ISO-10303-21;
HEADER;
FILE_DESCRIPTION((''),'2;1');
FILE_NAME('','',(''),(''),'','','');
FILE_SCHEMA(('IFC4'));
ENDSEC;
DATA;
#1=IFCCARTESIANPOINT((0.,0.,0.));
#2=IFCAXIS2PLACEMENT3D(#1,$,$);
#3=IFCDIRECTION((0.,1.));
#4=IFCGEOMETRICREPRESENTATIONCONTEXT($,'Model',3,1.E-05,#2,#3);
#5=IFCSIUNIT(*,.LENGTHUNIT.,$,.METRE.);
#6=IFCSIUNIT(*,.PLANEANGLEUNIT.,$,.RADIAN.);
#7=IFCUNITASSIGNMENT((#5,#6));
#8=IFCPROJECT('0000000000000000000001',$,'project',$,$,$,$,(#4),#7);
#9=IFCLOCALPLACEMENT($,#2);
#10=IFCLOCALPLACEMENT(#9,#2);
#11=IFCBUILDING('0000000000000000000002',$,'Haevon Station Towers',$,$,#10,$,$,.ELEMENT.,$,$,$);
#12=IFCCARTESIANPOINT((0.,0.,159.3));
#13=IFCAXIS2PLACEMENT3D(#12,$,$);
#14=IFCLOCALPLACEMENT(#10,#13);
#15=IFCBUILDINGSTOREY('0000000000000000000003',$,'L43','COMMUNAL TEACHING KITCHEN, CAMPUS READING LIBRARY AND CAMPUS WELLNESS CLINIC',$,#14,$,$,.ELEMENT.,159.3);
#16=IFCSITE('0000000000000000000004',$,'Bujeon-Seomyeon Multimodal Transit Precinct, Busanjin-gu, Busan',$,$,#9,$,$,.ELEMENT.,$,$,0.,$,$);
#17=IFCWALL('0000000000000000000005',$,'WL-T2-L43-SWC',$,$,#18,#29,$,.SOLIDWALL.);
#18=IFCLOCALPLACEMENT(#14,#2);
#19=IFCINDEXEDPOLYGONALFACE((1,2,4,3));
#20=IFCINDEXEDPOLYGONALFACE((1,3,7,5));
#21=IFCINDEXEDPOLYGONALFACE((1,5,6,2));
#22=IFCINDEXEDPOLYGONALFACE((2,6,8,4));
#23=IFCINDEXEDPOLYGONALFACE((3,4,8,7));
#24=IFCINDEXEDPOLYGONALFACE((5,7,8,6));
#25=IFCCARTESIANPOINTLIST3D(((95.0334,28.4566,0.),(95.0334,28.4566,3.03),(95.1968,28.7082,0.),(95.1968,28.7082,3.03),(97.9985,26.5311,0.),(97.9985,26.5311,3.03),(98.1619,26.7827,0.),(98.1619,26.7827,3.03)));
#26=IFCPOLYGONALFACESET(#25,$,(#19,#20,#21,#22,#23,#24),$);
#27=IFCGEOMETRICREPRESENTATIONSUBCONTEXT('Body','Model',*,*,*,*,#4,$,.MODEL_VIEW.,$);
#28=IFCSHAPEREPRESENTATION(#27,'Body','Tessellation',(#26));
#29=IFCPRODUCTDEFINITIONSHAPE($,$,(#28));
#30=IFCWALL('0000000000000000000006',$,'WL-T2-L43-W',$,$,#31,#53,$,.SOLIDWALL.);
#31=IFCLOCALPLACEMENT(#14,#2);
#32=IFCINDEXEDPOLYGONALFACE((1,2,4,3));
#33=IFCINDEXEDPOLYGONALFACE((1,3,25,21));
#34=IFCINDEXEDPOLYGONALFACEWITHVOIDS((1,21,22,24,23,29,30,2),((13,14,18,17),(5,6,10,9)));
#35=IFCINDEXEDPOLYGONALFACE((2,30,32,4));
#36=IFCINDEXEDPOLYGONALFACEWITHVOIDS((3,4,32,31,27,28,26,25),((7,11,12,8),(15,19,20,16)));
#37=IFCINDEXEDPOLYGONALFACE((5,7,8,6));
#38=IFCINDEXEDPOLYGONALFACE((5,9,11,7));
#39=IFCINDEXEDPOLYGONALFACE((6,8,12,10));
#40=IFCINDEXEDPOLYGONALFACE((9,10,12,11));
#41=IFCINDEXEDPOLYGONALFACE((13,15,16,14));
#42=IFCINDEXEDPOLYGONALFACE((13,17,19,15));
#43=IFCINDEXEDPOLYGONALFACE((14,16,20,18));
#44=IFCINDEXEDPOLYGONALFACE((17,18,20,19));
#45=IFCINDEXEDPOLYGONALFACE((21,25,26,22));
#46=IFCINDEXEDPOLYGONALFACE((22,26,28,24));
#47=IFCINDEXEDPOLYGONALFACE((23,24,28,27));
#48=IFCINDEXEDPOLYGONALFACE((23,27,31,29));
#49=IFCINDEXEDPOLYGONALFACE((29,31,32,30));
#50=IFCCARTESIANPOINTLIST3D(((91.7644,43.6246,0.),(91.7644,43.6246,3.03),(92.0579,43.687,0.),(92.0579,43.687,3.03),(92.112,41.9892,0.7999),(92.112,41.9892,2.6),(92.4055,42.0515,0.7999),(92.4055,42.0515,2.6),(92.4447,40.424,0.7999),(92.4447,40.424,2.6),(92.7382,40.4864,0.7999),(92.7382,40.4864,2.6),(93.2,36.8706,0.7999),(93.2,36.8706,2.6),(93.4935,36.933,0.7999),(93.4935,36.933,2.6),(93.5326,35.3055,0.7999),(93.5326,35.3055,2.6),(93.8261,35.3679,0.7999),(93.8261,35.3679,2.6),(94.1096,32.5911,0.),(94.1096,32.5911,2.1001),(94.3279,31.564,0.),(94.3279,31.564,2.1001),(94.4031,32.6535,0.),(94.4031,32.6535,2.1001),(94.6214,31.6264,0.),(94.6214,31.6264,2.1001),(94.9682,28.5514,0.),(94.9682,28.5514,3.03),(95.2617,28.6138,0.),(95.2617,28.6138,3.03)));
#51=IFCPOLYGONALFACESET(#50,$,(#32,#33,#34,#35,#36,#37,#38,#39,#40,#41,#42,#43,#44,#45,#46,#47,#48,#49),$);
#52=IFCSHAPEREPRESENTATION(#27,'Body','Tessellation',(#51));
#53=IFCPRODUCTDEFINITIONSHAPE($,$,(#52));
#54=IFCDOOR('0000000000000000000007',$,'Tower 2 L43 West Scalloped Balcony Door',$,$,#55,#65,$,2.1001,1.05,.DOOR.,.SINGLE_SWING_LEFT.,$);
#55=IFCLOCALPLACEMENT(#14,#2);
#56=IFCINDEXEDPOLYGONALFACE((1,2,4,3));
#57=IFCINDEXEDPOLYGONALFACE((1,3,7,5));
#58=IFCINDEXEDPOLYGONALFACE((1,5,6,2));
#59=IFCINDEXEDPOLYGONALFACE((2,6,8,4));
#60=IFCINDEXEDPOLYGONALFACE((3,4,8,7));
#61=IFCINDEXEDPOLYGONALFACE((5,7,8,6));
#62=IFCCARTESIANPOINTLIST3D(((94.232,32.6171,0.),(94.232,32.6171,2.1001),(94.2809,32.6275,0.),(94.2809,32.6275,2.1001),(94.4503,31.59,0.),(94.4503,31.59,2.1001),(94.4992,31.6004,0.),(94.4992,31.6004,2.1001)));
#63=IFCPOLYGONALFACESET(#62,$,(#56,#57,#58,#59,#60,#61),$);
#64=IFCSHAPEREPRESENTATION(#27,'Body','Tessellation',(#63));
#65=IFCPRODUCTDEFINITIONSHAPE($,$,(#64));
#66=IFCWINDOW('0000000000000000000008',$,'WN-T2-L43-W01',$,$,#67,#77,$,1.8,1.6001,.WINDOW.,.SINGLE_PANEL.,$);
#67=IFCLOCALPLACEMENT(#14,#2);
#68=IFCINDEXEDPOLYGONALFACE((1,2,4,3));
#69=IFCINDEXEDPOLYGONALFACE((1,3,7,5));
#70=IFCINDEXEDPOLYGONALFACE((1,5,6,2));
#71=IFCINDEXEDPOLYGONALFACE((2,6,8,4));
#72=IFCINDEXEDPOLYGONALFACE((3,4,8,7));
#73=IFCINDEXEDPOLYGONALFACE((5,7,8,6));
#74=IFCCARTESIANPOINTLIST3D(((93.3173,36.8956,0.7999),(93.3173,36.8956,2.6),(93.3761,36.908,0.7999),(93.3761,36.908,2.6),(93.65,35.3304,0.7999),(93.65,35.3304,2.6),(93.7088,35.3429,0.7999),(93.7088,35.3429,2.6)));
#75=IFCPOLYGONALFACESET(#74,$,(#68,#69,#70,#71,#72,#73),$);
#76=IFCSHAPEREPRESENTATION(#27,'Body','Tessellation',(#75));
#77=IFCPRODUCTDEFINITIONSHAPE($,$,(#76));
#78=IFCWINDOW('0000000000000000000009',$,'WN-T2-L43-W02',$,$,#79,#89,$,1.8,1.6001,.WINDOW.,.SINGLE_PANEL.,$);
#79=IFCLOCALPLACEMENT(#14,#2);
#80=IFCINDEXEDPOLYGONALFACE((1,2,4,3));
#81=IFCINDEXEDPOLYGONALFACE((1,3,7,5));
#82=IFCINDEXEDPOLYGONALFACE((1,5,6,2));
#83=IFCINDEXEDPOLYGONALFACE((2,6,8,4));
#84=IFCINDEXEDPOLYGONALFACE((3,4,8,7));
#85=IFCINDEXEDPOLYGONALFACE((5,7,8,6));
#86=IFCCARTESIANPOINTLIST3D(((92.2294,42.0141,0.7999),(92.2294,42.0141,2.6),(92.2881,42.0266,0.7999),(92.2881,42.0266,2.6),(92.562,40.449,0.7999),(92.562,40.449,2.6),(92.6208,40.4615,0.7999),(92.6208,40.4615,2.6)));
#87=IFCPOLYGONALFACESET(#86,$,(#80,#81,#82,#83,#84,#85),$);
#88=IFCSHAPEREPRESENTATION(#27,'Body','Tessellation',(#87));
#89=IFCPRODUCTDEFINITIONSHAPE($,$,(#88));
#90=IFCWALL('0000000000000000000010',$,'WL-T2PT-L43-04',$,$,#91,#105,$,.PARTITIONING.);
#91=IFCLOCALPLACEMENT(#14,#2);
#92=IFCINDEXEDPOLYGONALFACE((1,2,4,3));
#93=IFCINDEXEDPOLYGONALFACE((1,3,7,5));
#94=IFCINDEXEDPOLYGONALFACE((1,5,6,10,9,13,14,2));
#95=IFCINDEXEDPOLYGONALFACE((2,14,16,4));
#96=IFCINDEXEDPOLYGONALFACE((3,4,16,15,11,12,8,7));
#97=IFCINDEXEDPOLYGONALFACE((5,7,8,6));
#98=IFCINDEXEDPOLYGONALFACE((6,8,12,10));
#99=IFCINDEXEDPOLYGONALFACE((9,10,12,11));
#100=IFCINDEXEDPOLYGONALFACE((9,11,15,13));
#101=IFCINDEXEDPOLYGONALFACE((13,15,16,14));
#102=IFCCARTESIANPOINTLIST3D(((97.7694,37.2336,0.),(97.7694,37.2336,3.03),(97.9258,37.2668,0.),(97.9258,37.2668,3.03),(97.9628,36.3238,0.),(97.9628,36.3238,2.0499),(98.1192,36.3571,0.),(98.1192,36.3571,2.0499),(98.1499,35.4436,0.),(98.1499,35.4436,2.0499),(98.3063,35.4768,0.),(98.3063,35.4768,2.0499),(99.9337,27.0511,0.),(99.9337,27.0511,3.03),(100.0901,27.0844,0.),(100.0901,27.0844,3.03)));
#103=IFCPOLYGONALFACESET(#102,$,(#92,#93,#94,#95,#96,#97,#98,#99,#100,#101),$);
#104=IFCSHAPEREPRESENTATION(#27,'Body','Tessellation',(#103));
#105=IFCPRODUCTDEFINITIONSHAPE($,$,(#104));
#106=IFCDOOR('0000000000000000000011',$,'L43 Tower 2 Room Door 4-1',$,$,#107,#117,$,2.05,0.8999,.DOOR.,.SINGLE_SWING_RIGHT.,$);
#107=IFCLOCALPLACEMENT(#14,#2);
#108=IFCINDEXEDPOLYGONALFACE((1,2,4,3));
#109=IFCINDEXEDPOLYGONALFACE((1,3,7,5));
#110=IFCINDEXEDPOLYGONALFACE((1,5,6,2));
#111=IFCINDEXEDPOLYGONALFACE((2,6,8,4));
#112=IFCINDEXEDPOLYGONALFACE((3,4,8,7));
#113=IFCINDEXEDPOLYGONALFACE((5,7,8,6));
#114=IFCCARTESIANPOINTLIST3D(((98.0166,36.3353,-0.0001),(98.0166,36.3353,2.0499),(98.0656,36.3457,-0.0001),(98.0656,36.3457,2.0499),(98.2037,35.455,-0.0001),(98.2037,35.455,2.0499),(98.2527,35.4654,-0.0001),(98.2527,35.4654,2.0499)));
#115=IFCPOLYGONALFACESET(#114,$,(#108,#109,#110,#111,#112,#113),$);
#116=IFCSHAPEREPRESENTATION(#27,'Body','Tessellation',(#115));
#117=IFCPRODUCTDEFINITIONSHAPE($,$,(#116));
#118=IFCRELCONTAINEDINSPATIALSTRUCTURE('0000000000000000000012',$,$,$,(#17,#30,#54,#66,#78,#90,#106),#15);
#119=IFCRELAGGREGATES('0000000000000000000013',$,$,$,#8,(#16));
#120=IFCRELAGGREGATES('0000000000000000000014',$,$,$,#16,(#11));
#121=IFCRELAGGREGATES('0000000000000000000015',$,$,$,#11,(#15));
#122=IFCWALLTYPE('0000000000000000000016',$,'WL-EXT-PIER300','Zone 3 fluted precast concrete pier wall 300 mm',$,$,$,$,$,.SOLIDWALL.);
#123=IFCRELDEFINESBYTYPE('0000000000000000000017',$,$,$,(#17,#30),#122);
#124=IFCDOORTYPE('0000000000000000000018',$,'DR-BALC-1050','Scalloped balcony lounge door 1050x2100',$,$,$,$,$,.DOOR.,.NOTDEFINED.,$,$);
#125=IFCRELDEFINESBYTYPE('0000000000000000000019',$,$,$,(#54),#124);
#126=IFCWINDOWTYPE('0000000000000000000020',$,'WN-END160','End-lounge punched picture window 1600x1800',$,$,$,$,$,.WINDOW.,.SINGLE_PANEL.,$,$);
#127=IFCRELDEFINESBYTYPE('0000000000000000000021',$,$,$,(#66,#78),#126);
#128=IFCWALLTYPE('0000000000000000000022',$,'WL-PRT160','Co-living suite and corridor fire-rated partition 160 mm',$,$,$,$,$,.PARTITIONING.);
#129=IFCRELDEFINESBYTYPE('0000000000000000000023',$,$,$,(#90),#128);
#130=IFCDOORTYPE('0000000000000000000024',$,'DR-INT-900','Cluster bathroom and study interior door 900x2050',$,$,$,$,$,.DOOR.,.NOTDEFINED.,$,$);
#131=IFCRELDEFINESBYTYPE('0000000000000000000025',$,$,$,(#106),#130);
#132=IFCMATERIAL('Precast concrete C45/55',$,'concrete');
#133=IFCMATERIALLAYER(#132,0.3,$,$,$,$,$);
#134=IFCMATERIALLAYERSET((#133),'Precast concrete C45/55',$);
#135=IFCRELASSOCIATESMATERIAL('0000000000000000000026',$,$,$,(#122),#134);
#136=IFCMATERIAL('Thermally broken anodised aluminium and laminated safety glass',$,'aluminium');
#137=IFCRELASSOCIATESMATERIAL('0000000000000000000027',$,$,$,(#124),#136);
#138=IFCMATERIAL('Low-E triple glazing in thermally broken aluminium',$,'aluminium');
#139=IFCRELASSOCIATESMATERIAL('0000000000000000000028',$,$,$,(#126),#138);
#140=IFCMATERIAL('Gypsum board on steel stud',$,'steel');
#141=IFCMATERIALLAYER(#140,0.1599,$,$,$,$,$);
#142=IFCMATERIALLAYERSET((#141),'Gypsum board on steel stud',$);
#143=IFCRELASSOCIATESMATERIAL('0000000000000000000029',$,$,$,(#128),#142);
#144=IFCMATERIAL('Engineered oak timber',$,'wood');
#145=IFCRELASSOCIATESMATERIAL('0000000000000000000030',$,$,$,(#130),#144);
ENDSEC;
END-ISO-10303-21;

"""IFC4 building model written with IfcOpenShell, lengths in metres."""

from ifc_helpers import new_model, si_unit, direction, frame, frame_2d, origin, place, context, subcontext, project, spatial, rectangle, extrude, material, layer, layer_set, type_object, element, fill, save


model = new_model("IFC4")

# Units and contexts
model_context = context("Model", 3, precision=1e-05, world=origin(), true_north=direction((0.0, 1.0)))
body_context = subcontext(model_context, "Body", "Model", "MODEL_VIEW")
ifc_project = project(units=[si_unit("LENGTHUNIT", "METRE"), si_unit("PLANEANGLEUNIT", "RADIAN")], contexts=[model_context])

# Site, building, storey
site_placement = place(None, origin())
site = spatial("IfcSite", under=ifc_project, at=site_placement, Name="Bujeon-Seomyeon Multimodal Transit Precinct, Busanjin-gu, Busan", CompositionType="ELEMENT", RefElevation=0.0)
building_placement = place(site_placement, origin())
building = spatial("IfcBuilding", under=site, at=building_placement, Name="Haevon Station Towers", CompositionType="ELEMENT")
storey_placement = place(building_placement, frame((0.0, 0.0, 159.3)))
storey = spatial("IfcBuildingStorey", under=building, at=storey_placement, Name="L43", Description="COMMUNAL TEACHING KITCHEN, CAMPUS READING LIBRARY AND CAMPUS WELLNESS CLINIC", CompositionType="ELEMENT", Elevation=159.3)

# Wall
ifc_material_1 = material(Name="Precast concrete C45/55", Category="concrete")
ifc_layer_1 = layer(ifc_material_1, 0.3)
ifc_layer_set_1 = layer_set([ifc_layer_1], Name="Precast concrete C45/55")
wall_type_1 = type_object("IfcWallType", Name="WL-EXT-PIER300", Description="Zone 3 fluted precast concrete pier wall 300 mm", PredefinedType="SOLIDWALL", material=ifc_layer_set_1)
wall_1_placement = place(storey_placement, frame((98.0801, 26.657, 0.0), z_axis=(0.0, 0.0, 1.0), x_axis=(-0.838672, 0.544636, 0.0)))
element("IfcWall", 1, at=wall_1_placement, inside=storey, type_object=wall_type_1, Name="WL-T2-L43-SWC", PredefinedType="SOLIDWALL", context=body_context, shape_type="SweptSolid", body=[
    extrude(rectangle(XDim=3.5354, YDim=0.3, at=frame_2d((1.7676, 0.0))), origin(), (0.0, 0.0, 1.0), 3.03),
])

# Wall, openings, door, windows
wall_2_placement = place(storey_placement, frame((95.115, 28.5825, 0.0), z_axis=(0.0, 0.0, 1.0), x_axis=(-0.207908, 0.978148, 0.0)))
wall_2 = element("IfcWall", 2, at=wall_2_placement, inside=storey, type_object=wall_type_1, Name="WL-T2-L43-W", PredefinedType="SOLIDWALL", context=body_context, shape_type="SweptSolid", body=[
    extrude(rectangle(XDim=15.4099, YDim=0.3, at=frame_2d((7.7051, 0.0))), origin(), (0.0, 0.0, 1.0), 3.03),
])
opening_1_placement = place(wall_2_placement, frame((3.0801, 0.0, 0.0)))
opening_1 = element("IfcOpeningElement", 3, at=opening_1_placement, cuts=wall_2, PredefinedType="OPENING", context=body_context, shape_type="SweptSolid", body=[
    extrude(rectangle(XDim=1.05, YDim=2.1001, at=frame_2d((0.5249, 1.05))), frame((0.0, 0.1599, 0.0), z_axis=(0.0, -1.0, 0.0), x_axis=(1.0, 0.0, 0.0)), (0.0, 0.0, 1.0), 0.3201),
])
opening_2_placement = place(wall_2_placement, frame((6.905, 0.0, 0.8)))
opening_2 = element("IfcOpeningElement", 4, at=opening_2_placement, cuts=wall_2, PredefinedType="OPENING", context=body_context, shape_type="SweptSolid", body=[
    extrude(rectangle(XDim=1.6001, YDim=1.8, at=frame_2d((0.8, 0.8999))), frame((0.0, 0.1599, 0.0), z_axis=(0.0, -1.0, 0.0), x_axis=(1.0, 0.0, 0.0)), (0.0, 0.0, 1.0), 0.3201),
])
opening_3_placement = place(wall_2_placement, frame((12.1379, 0.0, 0.8)))
opening_3 = element("IfcOpeningElement", 5, at=opening_3_placement, cuts=wall_2, PredefinedType="OPENING", context=body_context, shape_type="SweptSolid", body=[
    extrude(rectangle(XDim=1.6001, YDim=1.8, at=frame_2d((0.8, 0.8999))), frame((0.0, 0.1599, 0.0), z_axis=(0.0, -1.0, 0.0), x_axis=(1.0, 0.0, 0.0)), (0.0, 0.0, 1.0), 0.3201),
])
ifc_material_2 = material(Name="Thermally broken anodised aluminium and laminated safety glass", Category="aluminium")
door_type_1 = type_object("IfcDoorType", Name="DR-BALC-1050", Description="Scalloped balcony lounge door 1050x2100", OperationType="NOTDEFINED", PredefinedType="DOOR", material=ifc_material_2)
door_1_placement = place(opening_1_placement, origin())
door_1 = element("IfcDoor", 6, at=door_1_placement, inside=storey, type_object=door_type_1, Name="Tower 2 L43 West Scalloped Balcony Door", OperationType="SINGLE_SWING_LEFT", OverallHeight=2.1001, OverallWidth=1.05, PredefinedType="DOOR", context=body_context, shape_type="SweptSolid", body=[
    extrude(rectangle(XDim=1.05, YDim=2.1001, at=frame_2d((0.5249, 1.05))), frame((0.0, 0.0249, 0.0), z_axis=(0.0, -1.0, 0.0), x_axis=(1.0, 0.0, 0.0)), (0.0, 0.0, 1.0), 0.05),
])
fill(opening_1, door_1)
ifc_material_3 = material(Name="Low-E triple glazing in thermally broken aluminium", Category="aluminium")
window_type = type_object("IfcWindowType", Name="WN-END160", Description="End-lounge punched picture window 1600x1800", PartitioningType="SINGLE_PANEL", PredefinedType="WINDOW", material=ifc_material_3)
window_1_placement = place(opening_2_placement, origin())
window_1 = element("IfcWindow", 7, at=window_1_placement, inside=storey, type_object=window_type, Name="WN-T2-L43-W01", OverallHeight=1.8, OverallWidth=1.6001, PartitioningType="SINGLE_PANEL", PredefinedType="WINDOW", context=body_context, shape_type="SweptSolid", body=[
    extrude(rectangle(XDim=1.6001, YDim=1.8, at=frame_2d((0.8, 0.8999))), frame((0.0, 0.03, 0.0), z_axis=(0.0, -1.0, 0.0), x_axis=(1.0, 0.0, 0.0)), (0.0, 0.0, 1.0), 0.0601),
])
fill(opening_2, window_1)
window_2_placement = place(opening_3_placement, origin())
window_2 = element("IfcWindow", 8, at=window_2_placement, inside=storey, type_object=window_type, Name="WN-T2-L43-W02", OverallHeight=1.8, OverallWidth=1.6001, PartitioningType="SINGLE_PANEL", PredefinedType="WINDOW", context=body_context, shape_type="SweptSolid", body=[
    extrude(rectangle(XDim=1.6001, YDim=1.8, at=frame_2d((0.8, 0.8999))), frame((0.0, 0.03, 0.0), z_axis=(0.0, -1.0, 0.0), x_axis=(1.0, 0.0, 0.0)), (0.0, 0.0, 1.0), 0.0601),
])
fill(opening_3, window_2)

# Wall, opening, door
ifc_material_4 = material(Name="Gypsum board on steel stud", Category="steel")
ifc_layer_2 = layer(ifc_material_4, 0.1599)
ifc_layer_set_2 = layer_set([ifc_layer_2], Name="Gypsum board on steel stud")
wall_type_2 = type_object("IfcWallType", Name="WL-PRT160", Description="Co-living suite and corridor fire-rated partition 160 mm", PredefinedType="PARTITIONING", material=ifc_layer_set_2)
wall_3_placement = place(storey_placement, frame((100.012, 27.0676, 0.0), z_axis=(0.0, 0.0, 1.0), x_axis=(-0.20791, 0.978148, 0.0)))
wall_3 = element("IfcWall", 9, at=wall_3_placement, inside=storey, type_object=wall_type_2, Name="WL-T2PT-L43-04", PredefinedType="PARTITIONING", context=body_context, shape_type="SweptSolid", body=[
    extrude(rectangle(XDim=10.4099, YDim=0.1599, at=frame_2d((5.2051, 0.0))), origin(), (0.0, 0.0, 1.0), 3.03),
])
opening_4_placement = place(wall_3_placement, frame((8.5801, 0.0, 0.0)))
opening_4 = element("IfcOpeningElement", 10, at=opening_4_placement, cuts=wall_3, PredefinedType="OPENING", context=body_context, shape_type="SweptSolid", body=[
    extrude(rectangle(XDim=0.8999, YDim=2.05, at=frame_2d((0.45, 1.0249))), frame((0.0, 0.0898, 0.0), z_axis=(0.0, -1.0, 0.0), x_axis=(1.0, 0.0, 0.0)), (0.0, 0.0, 1.0), 0.1799),
])
ifc_material_5 = material(Name="Engineered oak timber", Category="wood")
door_type_2 = type_object("IfcDoorType", Name="DR-INT-900", Description="Cluster bathroom and study interior door 900x2050", OperationType="NOTDEFINED", PredefinedType="DOOR", material=ifc_material_5)
door_2_placement = place(opening_4_placement, origin())
door_2 = element("IfcDoor", 11, at=door_2_placement, inside=storey, type_object=door_type_2, Name="L43 Tower 2 Room Door 4-1", OperationType="SINGLE_SWING_RIGHT", OverallHeight=2.05, OverallWidth=0.8999, PredefinedType="DOOR", context=body_context, shape_type="SweptSolid", body=[
    extrude(rectangle(XDim=0.8999, YDim=2.05, at=frame_2d((0.45, 1.0249))), frame((0.0, 0.0249, 0.0), z_axis=(0.0, -1.0, 0.0), x_axis=(1.0, 0.0, 0.0)), (0.0, 0.0, 1.0), 0.05),
])
fill(opening_4, door_2)

save(model, "model.ifc")
